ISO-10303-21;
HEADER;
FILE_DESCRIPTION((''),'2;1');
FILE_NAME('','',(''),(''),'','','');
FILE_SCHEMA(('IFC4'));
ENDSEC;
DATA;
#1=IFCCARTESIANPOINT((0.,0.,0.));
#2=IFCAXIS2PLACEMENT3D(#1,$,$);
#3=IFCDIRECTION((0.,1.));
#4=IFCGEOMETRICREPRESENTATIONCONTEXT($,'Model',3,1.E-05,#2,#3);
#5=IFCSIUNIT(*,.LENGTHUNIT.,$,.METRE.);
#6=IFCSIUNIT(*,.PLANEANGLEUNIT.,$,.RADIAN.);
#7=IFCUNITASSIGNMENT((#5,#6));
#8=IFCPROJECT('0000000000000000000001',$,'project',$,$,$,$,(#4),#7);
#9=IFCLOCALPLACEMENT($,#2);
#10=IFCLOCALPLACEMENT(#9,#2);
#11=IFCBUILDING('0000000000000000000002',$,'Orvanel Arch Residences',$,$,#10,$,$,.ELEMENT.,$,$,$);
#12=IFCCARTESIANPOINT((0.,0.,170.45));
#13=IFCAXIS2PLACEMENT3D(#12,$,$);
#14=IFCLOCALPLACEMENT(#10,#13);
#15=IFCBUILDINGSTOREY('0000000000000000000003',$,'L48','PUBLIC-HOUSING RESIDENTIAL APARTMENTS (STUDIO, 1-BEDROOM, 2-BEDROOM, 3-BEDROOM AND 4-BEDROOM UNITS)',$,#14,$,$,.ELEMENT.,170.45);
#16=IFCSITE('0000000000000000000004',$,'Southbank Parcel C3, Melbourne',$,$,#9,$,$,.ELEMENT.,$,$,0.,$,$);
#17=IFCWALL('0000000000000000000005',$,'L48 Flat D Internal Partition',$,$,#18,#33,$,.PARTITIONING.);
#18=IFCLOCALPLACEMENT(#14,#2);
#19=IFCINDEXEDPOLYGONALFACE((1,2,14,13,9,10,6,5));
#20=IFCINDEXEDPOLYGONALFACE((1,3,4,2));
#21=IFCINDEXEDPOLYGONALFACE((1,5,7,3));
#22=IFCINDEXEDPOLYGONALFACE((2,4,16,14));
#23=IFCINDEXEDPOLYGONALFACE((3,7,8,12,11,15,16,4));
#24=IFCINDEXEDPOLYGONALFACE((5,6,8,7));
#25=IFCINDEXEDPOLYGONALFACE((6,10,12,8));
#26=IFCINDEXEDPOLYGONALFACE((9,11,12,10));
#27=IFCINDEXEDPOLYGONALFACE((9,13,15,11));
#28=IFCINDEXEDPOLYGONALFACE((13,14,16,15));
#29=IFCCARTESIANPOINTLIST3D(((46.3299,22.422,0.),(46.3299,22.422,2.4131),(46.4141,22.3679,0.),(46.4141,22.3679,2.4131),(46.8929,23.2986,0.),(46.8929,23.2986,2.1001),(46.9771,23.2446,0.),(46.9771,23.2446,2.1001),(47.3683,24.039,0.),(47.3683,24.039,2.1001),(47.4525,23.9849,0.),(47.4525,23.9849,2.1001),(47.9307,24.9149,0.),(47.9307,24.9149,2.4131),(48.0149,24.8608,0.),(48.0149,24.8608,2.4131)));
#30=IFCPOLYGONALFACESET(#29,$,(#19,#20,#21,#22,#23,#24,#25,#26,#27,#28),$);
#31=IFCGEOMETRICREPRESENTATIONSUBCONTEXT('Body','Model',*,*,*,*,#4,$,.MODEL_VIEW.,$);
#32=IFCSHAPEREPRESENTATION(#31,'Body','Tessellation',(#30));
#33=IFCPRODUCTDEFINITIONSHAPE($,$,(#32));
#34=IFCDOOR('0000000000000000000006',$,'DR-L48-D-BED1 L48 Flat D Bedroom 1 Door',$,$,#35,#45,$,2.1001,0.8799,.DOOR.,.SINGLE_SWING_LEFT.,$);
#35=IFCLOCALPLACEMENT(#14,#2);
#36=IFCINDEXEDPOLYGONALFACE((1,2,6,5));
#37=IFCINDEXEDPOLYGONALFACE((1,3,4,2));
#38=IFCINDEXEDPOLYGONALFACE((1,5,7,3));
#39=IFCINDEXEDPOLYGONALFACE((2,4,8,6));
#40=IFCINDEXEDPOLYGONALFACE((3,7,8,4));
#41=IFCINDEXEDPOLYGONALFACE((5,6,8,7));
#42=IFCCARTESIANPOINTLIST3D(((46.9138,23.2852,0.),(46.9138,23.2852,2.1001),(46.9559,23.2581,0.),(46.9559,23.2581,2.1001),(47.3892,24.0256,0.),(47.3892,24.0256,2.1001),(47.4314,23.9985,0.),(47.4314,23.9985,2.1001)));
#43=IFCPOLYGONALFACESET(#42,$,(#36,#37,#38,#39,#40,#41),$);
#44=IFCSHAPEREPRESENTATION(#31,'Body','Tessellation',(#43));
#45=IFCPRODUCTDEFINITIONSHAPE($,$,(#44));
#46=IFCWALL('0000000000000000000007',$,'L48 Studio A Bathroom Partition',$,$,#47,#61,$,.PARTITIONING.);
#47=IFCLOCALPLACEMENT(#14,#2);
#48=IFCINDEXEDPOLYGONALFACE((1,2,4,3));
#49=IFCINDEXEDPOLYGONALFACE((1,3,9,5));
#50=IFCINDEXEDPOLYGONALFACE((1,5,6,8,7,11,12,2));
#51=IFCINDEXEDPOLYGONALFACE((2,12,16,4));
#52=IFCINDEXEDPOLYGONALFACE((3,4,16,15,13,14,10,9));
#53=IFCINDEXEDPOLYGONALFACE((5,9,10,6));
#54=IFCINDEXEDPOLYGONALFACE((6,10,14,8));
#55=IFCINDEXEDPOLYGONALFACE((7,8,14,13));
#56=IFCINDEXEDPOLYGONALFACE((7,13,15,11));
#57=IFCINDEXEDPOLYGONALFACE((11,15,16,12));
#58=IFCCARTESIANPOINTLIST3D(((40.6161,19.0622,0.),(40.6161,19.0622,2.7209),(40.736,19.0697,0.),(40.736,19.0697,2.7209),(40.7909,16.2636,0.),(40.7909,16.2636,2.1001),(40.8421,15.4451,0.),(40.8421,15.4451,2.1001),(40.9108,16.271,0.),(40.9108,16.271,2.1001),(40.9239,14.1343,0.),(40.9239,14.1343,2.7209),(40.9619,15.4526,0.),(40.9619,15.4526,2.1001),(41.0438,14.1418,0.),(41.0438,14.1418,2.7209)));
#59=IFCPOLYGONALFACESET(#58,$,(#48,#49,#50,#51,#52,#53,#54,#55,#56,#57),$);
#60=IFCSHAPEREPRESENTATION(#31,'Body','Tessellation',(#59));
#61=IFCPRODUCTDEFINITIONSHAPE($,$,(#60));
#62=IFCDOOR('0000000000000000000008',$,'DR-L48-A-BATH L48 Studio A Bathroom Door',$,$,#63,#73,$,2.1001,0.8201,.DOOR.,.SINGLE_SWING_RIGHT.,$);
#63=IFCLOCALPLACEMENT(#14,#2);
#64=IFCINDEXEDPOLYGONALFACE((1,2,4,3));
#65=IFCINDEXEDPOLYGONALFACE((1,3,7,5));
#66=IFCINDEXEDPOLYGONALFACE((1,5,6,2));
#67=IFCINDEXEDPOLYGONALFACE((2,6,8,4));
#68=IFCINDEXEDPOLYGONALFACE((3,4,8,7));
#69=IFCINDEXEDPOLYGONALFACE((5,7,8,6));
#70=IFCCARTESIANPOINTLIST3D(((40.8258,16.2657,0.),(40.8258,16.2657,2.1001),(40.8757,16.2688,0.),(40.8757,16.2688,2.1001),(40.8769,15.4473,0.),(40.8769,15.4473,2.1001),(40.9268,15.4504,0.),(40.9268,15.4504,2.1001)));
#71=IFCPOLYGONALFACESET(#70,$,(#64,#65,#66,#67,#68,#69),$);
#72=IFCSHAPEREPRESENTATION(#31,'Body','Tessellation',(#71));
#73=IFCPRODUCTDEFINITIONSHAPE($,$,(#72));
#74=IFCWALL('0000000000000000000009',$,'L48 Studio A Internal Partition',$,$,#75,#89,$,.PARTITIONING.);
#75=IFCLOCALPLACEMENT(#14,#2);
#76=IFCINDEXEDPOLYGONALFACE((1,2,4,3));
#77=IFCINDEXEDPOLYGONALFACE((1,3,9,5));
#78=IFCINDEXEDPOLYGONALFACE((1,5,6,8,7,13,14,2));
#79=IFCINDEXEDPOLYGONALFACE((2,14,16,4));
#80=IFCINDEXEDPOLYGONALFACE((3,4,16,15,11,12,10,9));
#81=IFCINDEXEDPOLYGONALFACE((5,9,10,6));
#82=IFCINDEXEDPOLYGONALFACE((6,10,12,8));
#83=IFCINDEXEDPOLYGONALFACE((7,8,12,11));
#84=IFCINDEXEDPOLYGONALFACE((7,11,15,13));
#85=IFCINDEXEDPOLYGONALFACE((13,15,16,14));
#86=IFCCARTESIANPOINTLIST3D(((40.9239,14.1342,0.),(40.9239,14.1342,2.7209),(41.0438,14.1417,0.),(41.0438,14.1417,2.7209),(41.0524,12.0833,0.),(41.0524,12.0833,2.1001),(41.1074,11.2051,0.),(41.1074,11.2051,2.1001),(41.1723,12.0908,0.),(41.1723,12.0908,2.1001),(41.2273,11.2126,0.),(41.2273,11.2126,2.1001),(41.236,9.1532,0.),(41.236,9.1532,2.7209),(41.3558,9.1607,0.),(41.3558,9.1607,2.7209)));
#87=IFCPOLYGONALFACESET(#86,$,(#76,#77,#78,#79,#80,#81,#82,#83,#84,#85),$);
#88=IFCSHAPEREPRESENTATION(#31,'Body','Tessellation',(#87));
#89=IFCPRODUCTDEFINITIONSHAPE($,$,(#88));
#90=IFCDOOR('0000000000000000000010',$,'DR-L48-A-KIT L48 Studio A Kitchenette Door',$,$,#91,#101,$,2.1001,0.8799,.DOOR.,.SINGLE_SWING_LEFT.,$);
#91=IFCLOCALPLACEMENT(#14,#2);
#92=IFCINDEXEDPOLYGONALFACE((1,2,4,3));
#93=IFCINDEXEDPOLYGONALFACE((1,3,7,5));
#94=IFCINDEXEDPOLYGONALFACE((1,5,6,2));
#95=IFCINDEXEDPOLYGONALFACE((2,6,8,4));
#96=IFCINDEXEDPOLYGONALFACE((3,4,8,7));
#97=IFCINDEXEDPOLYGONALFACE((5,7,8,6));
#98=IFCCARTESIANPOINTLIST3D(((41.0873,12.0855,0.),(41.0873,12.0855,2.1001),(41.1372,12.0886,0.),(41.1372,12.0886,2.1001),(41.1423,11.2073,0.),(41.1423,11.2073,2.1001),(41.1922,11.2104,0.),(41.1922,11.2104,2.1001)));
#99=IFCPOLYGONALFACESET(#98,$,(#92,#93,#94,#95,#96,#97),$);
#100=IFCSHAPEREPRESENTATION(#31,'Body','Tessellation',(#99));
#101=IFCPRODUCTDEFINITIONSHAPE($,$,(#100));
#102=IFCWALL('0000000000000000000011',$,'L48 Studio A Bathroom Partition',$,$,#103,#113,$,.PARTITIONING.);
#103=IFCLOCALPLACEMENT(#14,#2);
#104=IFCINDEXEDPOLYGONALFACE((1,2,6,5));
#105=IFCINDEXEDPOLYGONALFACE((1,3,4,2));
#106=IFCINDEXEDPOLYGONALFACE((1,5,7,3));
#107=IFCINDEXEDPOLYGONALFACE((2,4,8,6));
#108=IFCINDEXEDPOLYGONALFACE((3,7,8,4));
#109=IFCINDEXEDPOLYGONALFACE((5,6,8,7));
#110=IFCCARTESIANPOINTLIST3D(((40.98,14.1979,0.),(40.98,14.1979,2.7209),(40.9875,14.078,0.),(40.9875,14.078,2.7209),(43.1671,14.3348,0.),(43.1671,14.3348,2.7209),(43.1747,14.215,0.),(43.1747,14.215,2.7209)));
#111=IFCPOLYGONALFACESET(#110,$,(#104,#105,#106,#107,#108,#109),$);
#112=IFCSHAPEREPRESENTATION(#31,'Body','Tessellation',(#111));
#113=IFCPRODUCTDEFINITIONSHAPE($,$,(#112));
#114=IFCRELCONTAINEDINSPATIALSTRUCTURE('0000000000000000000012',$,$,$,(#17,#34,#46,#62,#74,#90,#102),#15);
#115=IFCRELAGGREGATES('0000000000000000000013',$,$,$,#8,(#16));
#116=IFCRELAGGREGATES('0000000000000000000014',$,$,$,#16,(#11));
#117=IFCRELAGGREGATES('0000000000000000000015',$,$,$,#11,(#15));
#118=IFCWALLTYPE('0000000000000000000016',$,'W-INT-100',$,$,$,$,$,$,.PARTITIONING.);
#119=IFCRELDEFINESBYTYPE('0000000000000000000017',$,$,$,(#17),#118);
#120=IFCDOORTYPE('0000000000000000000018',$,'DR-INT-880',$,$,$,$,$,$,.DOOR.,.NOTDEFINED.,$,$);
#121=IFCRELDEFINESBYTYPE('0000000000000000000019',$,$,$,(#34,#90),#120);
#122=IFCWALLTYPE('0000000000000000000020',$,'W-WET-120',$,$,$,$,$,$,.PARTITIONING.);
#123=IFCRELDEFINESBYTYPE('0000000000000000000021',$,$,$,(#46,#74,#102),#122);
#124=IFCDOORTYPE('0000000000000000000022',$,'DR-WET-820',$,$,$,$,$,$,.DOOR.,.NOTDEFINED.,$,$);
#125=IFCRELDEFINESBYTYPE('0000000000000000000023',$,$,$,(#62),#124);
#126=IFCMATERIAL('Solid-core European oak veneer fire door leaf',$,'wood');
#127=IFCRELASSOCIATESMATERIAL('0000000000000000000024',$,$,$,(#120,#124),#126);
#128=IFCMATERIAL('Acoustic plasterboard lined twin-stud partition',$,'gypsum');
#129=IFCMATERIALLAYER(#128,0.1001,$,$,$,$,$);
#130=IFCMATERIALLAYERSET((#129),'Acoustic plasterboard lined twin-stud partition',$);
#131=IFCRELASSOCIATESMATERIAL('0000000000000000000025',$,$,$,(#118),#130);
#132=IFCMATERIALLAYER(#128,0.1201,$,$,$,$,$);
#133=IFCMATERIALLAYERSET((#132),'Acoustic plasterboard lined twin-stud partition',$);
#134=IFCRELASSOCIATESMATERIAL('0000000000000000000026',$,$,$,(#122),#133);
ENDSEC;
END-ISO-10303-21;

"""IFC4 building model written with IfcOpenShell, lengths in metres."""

from ifc_helpers import new_model, si_unit, direction, frame, frame_2d, origin, place, context, subcontext, project, spatial, rectangle, extrude, material, layer, layer_set, type_object, element, fill, save


model = new_model("IFC4")

# Units and contexts
model_context = context("Model", 3, precision=1e-05, world=origin(), true_north=direction((0.0, 1.0)))
body_context = subcontext(model_context, "Body", "Model", "MODEL_VIEW")
ifc_project = project(units=[si_unit("LENGTHUNIT", "METRE"), si_unit("PLANEANGLEUNIT", "RADIAN")], contexts=[model_context])

# Site, building, storey
site_placement = place(None, origin())
site = spatial("IfcSite", under=ifc_project, at=site_placement, Name="Southbank Parcel C3, Melbourne", CompositionType="ELEMENT", RefElevation=0.0)
building_placement = place(site_placement, origin())
building = spatial("IfcBuilding", under=site, at=building_placement, Name="Orvanel Arch Residences", CompositionType="ELEMENT")
storey_placement = place(building_placement, frame((0.0, 0.0, 170.45)))
storey = spatial("IfcBuildingStorey", under=building, at=storey_placement, Name="L48", Description="PUBLIC-HOUSING RESIDENTIAL APARTMENTS (STUDIO, 1-BEDROOM, 2-BEDROOM, 3-BEDROOM AND 4-BEDROOM UNITS)", CompositionType="ELEMENT", Elevation=170.45)

# Shared definitions
ifc_material_1 = material(Name="Solid-core European oak veneer fire door leaf", Category="wood")
door_type_1 = type_object("IfcDoorType", Name="DR-INT-880", OperationType="NOTDEFINED", PredefinedType="DOOR", material=ifc_material_1)
door_type_2 = type_object("IfcDoorType", Name="DR-WET-820", OperationType="NOTDEFINED", PredefinedType="DOOR", material=ifc_material_1)

# Walls, openings, doors
ifc_material_2 = material(Name="Acoustic plasterboard lined twin-stud partition", Category="gypsum")
ifc_layer_1 = layer(ifc_material_2, 0.1001)
ifc_layer_set_1 = layer_set([ifc_layer_1], Name="Acoustic plasterboard lined twin-stud partition")
wall_type_1 = type_object("IfcWallType", Name="W-INT-100", PredefinedType="PARTITIONING", material=ifc_layer_set_1)
wall_1_placement = place(storey_placement, frame((47.9729, 24.8879, 0.0), z_axis=(0.0, 0.0, 1.0), x_axis=(-0.540337, -0.841449, 0.0)))
wall_1 = element("IfcWall", 1, at=wall_1_placement, inside=storey, type_object=wall_type_1, Name="L48 Flat D Internal Partition", PredefinedType="PARTITIONING", context=body_context, shape_type="SweptSolid", body=[
    extrude(rectangle(XDim=2.9626, YDim=0.1001, at=frame_2d((1.4814, 0.0))), origin(), (0.0, 0.0, 1.0), 2.4131),
])
opening_1_placement = place(wall_1_placement, frame((1.041, 0.0, 0.0)))
opening_1 = element("IfcOpeningElement", 2, at=opening_1_placement, cuts=wall_1, PredefinedType="OPENING", context=body_context, shape_type="SweptSolid", body=[
    extrude(rectangle(XDim=0.8799, YDim=2.1001, at=frame_2d((0.4399, 1.05))), frame((0.0, 0.0601, 0.0), z_axis=(0.0, -1.0, 0.0), x_axis=(1.0, 0.0, 0.0)), (0.0, 0.0, 1.0), 0.1201),
])
door_1_placement = place(opening_1_placement, origin())
door_1 = element("IfcDoor", 3, at=door_1_placement, inside=storey, type_object=door_type_1, Name="DR-L48-D-BED1 L48 Flat D Bedroom 1 Door", OperationType="SINGLE_SWING_LEFT", OverallHeight=2.1001, OverallWidth=0.8799, PredefinedType="DOOR", context=body_context, shape_type="SweptSolid", body=[
    extrude(rectangle(XDim=0.8799, YDim=2.1001, at=frame_2d((0.4399, 1.05))), frame((0.0, 0.0249, 0.0), z_axis=(0.0, -1.0, 0.0), x_axis=(1.0, 0.0, 0.0)), (0.0, 0.0, 1.0), 0.05),
])
fill(opening_1, door_1)
ifc_layer_2 = layer(ifc_material_2, 0.1201)
ifc_layer_set_2 = layer_set([ifc_layer_2], Name="Acoustic plasterboard lined twin-stud partition")
wall_type_2 = type_object("IfcWallType", Name="W-WET-120", PredefinedType="PARTITIONING", material=ifc_layer_set_2)
wall_2_placement = place(storey_placement, frame((40.676, 19.0659, 0.0), z_axis=(0.0, 0.0, 1.0), x_axis=(0.062351, -0.998054, 0.0)))
wall_2 = element("IfcWall", 4, at=wall_2_placement, inside=storey, type_object=wall_type_2, Name="L48 Studio A Bathroom Partition", PredefinedType="PARTITIONING", context=body_context, shape_type="SweptSolid", body=[
    extrude(rectangle(XDim=4.9375, YDim=0.1201, at=frame_2d((2.4688, 0.0))), origin(), (0.0, 0.0, 1.0), 2.7209),
])
opening_2_placement = place(wall_2_placement, frame((2.804, 0.0, 0.0)))
opening_2 = element("IfcOpeningElement", 5, at=opening_2_placement, cuts=wall_2, PredefinedType="OPENING", context=body_context, shape_type="SweptSolid", body=[
    extrude(rectangle(XDim=0.8201, YDim=2.1001, at=frame_2d((0.4102, 1.05))), frame((0.0, 0.0701, 0.0), z_axis=(0.0, -1.0, 0.0), x_axis=(1.0, 0.0, 0.0)), (0.0, 0.0, 1.0), 0.1401),
])
door_2_placement = place(opening_2_placement, origin())
door_2 = element("IfcDoor", 6, at=door_2_placement, inside=storey, type_object=door_type_2, Name="DR-L48-A-BATH L48 Studio A Bathroom Door", OperationType="SINGLE_SWING_RIGHT", OverallHeight=2.1001, OverallWidth=0.8201, PredefinedType="DOOR", context=body_context, shape_type="SweptSolid", body=[
    extrude(rectangle(XDim=0.8201, YDim=2.1001, at=frame_2d((0.4102, 1.05))), frame((0.0, 0.0249, 0.0), z_axis=(0.0, -1.0, 0.0), x_axis=(1.0, 0.0, 0.0)), (0.0, 0.0, 1.0), 0.05),
])
fill(opening_2, door_2)
wall_3_placement = place(storey_placement, frame((40.9839, 14.1379, 0.0), z_axis=(0.0, 0.0, 1.0), x_axis=(0.062518, -0.998044, 0.0)))
wall_3 = element("IfcWall", 7, at=wall_3_placement, inside=storey, type_object=wall_type_2, Name="L48 Studio A Internal Partition", PredefinedType="PARTITIONING", context=body_context, shape_type="SweptSolid", body=[
    extrude(rectangle(XDim=4.9907, YDim=0.1201, at=frame_2d((2.4954, 0.0))), origin(), (0.0, 0.0, 1.0), 2.7209),
])
opening_3_placement = place(wall_3_placement, frame((2.0549, 0.0, 0.0)))
opening_3 = element("IfcOpeningElement", 8, at=opening_3_placement, cuts=wall_3, PredefinedType="OPENING", context=body_context, shape_type="SweptSolid", body=[
    extrude(rectangle(XDim=0.8799, YDim=2.1001, at=frame_2d((0.4399, 1.05))), frame((0.0, 0.0701, 0.0), z_axis=(0.0, -1.0, 0.0), x_axis=(1.0, 0.0, 0.0)), (0.0, 0.0, 1.0), 0.1401),
])
door_3_placement = place(opening_3_placement, origin())
door_3 = element("IfcDoor", 9, at=door_3_placement, inside=storey, type_object=door_type_1, Name="DR-L48-A-KIT L48 Studio A Kitchenette Door", OperationType="SINGLE_SWING_LEFT", OverallHeight=2.1001, OverallWidth=0.8799, PredefinedType="DOOR", context=body_context, shape_type="SweptSolid", body=[
    extrude(rectangle(XDim=0.8799, YDim=2.1001, at=frame_2d((0.4399, 1.05))), frame((0.0, 0.0249, 0.0), z_axis=(0.0, -1.0, 0.0), x_axis=(1.0, 0.0, 0.0)), (0.0, 0.0, 1.0), 0.05),
])
fill(opening_3, door_3)

# Wall
wall_4_placement = place(storey_placement, frame((43.1709, 14.2749, 0.0), z_axis=(0.0, 0.0, 1.0), x_axis=(-0.998045, -0.062503, 0.0)))
element("IfcWall", 10, at=wall_4_placement, inside=storey, type_object=wall_type_2, Name="L48 Studio A Bathroom Partition", PredefinedType="PARTITIONING", context=body_context, shape_type="SweptSolid", body=[
    extrude(rectangle(XDim=2.1914, YDim=0.1201, at=frame_2d((1.0957, 0.0))), origin(), (0.0, 0.0, 1.0), 2.7209),
])

save(model, "model.ifc")
